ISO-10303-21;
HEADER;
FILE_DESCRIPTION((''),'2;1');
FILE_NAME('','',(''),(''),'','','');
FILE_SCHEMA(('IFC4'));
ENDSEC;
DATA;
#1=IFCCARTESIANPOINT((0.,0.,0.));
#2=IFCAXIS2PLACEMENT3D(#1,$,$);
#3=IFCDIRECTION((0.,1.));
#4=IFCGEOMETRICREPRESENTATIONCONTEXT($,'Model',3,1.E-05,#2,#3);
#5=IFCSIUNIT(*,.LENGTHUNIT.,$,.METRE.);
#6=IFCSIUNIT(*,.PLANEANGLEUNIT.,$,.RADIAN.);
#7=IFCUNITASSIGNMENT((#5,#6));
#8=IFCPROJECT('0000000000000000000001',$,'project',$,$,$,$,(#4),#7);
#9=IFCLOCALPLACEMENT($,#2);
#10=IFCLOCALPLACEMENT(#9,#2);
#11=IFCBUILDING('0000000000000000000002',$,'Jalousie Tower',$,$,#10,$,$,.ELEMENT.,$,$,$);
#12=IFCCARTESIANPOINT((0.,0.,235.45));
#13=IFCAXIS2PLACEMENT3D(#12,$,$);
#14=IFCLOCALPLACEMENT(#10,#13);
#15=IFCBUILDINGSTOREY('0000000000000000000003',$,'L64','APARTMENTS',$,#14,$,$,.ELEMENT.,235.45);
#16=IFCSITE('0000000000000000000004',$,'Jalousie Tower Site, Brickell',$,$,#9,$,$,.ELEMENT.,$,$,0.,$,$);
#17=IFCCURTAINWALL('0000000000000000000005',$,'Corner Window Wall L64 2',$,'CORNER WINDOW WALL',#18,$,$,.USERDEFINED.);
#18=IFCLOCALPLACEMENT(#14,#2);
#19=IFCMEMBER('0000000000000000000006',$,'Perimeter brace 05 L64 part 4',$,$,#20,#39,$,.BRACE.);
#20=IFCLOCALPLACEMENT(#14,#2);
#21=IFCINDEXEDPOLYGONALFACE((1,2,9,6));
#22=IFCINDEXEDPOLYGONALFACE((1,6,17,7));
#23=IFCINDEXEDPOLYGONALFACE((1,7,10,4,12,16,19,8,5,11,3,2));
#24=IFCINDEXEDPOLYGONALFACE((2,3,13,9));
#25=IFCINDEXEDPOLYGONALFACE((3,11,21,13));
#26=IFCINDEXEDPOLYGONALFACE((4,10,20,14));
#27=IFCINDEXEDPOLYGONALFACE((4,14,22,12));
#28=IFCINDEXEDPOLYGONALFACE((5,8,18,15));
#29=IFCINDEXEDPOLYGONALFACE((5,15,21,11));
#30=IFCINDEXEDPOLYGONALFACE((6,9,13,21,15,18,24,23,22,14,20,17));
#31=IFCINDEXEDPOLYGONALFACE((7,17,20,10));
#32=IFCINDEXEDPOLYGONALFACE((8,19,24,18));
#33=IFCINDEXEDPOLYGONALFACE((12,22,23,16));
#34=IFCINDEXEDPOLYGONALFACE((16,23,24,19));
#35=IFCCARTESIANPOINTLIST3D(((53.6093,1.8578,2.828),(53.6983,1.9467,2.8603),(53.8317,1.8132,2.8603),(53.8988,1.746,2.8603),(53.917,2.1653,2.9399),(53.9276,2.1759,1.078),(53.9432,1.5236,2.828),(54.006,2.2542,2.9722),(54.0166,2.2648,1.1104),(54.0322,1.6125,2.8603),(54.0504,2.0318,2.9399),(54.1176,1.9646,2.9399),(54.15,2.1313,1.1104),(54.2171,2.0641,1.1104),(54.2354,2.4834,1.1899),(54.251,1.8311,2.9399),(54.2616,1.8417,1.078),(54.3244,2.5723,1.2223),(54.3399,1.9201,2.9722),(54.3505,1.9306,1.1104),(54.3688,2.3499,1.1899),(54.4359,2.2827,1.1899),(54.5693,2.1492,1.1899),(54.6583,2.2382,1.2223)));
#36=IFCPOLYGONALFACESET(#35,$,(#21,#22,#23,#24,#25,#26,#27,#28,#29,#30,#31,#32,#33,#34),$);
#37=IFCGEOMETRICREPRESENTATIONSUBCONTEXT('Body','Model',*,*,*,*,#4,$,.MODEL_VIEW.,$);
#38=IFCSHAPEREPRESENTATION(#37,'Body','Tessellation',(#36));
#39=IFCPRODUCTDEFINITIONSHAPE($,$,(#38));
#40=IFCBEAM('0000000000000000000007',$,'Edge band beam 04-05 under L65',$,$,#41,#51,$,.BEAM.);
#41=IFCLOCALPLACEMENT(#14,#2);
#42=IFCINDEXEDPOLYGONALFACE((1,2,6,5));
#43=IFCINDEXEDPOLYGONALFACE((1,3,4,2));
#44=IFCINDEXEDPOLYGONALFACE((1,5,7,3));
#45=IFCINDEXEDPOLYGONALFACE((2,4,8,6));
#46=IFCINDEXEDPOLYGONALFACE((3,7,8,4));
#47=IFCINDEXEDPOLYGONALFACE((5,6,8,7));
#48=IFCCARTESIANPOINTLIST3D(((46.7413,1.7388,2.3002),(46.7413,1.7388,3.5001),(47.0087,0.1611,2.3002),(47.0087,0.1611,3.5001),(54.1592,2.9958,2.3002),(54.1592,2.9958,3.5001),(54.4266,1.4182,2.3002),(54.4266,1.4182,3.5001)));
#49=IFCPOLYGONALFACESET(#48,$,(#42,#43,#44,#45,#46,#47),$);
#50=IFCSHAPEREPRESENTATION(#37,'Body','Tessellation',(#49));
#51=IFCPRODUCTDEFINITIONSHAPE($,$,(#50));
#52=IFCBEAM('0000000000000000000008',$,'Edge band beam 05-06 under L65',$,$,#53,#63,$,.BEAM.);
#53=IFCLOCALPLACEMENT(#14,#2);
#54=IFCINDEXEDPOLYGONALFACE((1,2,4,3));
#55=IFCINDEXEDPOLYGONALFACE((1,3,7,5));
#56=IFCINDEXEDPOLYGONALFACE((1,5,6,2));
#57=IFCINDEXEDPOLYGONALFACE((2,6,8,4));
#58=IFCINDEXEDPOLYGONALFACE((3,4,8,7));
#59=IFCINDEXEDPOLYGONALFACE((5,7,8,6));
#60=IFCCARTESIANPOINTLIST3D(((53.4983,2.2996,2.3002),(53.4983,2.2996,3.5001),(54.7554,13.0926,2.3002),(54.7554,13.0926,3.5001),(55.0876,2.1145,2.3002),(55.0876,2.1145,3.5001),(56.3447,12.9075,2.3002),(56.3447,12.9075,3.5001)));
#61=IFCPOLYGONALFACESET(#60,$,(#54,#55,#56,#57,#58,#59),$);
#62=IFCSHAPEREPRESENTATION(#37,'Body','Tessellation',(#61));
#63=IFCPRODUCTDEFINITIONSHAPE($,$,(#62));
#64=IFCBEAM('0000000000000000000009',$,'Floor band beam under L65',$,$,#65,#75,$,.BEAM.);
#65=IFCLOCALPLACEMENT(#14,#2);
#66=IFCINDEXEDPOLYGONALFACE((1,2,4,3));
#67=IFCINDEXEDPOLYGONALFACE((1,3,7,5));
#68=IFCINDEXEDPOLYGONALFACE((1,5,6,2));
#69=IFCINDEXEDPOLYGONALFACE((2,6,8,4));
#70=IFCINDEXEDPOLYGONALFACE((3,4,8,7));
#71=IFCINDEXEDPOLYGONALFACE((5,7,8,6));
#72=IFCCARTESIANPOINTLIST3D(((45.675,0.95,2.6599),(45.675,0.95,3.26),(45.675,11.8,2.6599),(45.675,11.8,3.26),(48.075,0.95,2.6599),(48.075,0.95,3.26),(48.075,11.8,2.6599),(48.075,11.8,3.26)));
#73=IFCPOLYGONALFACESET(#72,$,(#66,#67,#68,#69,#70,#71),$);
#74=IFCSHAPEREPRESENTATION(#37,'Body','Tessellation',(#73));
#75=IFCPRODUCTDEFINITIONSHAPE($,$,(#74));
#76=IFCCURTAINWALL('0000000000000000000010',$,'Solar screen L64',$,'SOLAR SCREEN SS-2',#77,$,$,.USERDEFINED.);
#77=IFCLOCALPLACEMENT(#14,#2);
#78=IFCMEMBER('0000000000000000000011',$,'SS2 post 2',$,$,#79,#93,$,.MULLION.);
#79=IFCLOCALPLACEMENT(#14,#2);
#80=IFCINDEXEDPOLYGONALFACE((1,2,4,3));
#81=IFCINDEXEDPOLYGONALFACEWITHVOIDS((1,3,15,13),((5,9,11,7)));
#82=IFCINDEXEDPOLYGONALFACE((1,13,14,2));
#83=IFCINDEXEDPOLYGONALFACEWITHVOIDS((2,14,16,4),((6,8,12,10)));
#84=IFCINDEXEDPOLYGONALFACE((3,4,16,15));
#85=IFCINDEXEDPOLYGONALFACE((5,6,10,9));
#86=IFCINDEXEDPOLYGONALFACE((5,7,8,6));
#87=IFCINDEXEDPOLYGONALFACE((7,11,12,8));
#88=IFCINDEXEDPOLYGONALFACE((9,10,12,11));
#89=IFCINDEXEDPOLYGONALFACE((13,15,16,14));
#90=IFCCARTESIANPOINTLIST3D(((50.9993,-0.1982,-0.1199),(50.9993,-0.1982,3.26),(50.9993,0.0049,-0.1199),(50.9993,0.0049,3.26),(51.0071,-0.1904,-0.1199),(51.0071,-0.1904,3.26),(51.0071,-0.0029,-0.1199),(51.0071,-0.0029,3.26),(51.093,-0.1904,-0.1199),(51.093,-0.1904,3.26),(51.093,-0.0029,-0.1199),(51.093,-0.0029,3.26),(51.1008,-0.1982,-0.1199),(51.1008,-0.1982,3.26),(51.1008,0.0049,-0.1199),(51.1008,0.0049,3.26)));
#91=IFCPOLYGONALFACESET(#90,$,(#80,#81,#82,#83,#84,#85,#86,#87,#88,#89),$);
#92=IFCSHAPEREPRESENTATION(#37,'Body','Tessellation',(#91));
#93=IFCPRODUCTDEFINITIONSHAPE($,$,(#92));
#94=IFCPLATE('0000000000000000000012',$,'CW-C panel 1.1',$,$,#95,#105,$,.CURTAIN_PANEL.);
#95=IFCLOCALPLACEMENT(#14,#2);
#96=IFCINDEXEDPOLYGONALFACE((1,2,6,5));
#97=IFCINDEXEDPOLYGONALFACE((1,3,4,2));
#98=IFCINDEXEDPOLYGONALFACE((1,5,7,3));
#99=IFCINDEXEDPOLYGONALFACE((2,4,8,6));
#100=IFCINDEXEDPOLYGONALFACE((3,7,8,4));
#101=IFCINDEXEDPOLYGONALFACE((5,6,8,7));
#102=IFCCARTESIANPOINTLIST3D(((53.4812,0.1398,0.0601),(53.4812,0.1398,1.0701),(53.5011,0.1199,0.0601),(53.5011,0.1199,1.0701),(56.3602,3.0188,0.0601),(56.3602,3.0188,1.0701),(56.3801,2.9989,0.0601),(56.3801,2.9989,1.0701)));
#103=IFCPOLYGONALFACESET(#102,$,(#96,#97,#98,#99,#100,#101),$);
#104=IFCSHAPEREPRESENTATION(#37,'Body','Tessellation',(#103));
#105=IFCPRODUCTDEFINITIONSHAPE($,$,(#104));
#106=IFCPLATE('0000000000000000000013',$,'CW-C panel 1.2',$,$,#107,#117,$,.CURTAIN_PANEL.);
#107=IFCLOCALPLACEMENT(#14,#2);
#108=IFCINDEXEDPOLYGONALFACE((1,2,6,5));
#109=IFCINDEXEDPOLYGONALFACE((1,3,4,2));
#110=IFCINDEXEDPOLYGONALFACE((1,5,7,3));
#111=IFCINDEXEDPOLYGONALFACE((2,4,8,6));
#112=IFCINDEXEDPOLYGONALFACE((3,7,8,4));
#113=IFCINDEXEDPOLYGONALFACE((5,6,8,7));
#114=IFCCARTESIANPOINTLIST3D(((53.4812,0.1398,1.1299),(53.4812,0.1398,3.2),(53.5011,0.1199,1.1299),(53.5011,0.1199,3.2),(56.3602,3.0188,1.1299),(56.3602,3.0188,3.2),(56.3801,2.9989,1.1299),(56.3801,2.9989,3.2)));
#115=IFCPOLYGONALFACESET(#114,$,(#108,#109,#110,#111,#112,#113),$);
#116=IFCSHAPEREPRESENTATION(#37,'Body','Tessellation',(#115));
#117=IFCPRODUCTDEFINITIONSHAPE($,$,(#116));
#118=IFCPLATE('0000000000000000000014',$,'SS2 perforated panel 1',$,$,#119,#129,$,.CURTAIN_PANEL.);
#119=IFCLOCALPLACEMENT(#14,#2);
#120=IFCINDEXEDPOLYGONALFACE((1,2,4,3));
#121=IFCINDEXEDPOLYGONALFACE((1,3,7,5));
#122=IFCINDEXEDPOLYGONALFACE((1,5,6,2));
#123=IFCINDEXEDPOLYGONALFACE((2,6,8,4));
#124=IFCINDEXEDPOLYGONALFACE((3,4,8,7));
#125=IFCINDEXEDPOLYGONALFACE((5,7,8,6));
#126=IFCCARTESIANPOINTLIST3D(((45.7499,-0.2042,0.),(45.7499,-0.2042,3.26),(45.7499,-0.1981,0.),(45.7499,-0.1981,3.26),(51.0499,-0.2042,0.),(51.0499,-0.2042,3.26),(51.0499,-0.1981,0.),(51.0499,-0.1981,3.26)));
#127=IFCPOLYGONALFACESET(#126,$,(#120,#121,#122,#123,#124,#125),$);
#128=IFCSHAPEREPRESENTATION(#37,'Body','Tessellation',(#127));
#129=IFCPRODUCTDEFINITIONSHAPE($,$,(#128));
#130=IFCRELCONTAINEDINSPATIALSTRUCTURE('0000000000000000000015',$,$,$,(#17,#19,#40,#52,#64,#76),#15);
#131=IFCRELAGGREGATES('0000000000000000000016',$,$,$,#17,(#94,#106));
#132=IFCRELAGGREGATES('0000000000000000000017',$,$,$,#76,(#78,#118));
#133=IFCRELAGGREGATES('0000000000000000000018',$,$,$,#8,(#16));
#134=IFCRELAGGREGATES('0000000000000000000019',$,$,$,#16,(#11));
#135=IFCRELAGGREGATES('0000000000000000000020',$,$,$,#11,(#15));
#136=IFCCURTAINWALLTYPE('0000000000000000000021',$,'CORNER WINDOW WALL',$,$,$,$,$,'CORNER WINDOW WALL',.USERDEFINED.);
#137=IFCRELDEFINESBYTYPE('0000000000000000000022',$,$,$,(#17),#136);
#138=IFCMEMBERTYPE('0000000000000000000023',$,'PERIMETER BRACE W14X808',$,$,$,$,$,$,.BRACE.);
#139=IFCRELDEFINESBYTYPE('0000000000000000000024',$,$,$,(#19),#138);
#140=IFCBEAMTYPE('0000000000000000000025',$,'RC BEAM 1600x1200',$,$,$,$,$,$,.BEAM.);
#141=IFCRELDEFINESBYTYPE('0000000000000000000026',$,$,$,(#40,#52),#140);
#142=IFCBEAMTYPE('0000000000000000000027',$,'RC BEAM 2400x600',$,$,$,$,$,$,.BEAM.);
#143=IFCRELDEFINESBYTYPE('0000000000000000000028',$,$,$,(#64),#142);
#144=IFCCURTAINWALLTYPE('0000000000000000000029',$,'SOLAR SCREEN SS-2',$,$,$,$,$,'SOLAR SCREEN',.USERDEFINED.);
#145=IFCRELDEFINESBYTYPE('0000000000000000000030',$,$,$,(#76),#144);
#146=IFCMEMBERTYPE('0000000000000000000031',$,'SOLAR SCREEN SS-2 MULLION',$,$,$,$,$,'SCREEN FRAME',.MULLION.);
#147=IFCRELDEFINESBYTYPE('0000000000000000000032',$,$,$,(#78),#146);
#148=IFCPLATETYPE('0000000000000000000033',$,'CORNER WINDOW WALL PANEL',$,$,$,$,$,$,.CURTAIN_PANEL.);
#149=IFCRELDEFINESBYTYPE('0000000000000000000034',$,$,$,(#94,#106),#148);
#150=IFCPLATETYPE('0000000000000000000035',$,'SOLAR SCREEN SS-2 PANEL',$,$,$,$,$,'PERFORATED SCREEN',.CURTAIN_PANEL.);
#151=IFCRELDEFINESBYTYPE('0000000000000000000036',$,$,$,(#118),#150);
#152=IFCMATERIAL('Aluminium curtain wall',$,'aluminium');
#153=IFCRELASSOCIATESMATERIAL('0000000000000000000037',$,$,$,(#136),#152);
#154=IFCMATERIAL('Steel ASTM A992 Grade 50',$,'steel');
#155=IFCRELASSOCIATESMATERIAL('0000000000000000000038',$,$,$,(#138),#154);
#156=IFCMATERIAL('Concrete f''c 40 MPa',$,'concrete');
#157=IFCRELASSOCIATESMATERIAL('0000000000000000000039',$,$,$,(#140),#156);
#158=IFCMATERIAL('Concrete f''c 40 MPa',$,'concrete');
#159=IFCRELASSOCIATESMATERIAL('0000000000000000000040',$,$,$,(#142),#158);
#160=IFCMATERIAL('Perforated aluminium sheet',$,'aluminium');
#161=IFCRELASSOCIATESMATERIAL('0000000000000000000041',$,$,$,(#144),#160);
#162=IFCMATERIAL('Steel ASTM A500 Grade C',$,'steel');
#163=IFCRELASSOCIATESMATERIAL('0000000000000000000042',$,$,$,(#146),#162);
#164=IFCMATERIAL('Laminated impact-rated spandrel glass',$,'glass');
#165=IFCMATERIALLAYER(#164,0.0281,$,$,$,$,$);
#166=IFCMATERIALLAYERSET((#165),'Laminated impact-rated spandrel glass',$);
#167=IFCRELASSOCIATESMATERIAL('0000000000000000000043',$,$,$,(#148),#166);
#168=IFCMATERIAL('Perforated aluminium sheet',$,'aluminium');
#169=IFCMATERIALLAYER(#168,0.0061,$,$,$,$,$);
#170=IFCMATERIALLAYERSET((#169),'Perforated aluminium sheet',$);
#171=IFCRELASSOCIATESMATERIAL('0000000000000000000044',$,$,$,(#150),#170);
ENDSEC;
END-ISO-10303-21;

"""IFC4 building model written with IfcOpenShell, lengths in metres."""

from ifc_helpers import new_model, si_unit, direction, frame, origin, origin_2d, place, context, subcontext, project, spatial, rectangle, hollow_rectangle, i_section, extrude, material, layer, layer_set, material_profile, profile_set, type_object, element, aggregate, save


model = new_model("IFC4")

# Units and contexts
model_context = context("Model", 3, precision=1e-05, world=origin(), true_north=direction((0.0, 1.0)))
body_context = subcontext(model_context, "Body", "Model", "MODEL_VIEW")
ifc_project = project(units=[si_unit("LENGTHUNIT", "METRE"), si_unit("PLANEANGLEUNIT", "RADIAN")], contexts=[model_context])

# Site, building, storey
site_placement = place(None, origin())
site = spatial("IfcSite", under=ifc_project, at=site_placement, Name="Jalousie Tower Site, Brickell", CompositionType="ELEMENT", RefElevation=0.0)
building_placement = place(site_placement, origin())
building = spatial("IfcBuilding", under=site, at=building_placement, Name="Jalousie Tower", CompositionType="ELEMENT")
storey_placement = place(building_placement, frame((0.0, 0.0, 235.45)))
storey = spatial("IfcBuildingStorey", under=building, at=storey_placement, Name="L64", Description="APARTMENTS", CompositionType="ELEMENT", Elevation=235.45)

# Curtain wall
ifc_material_1 = material(Name="Aluminium curtain wall", Category="aluminium")
curtain_wall_type_1 = type_object("IfcCurtainWallType", Name="CORNER WINDOW WALL", ElementType="CORNER WINDOW WALL", PredefinedType="USERDEFINED", material=ifc_material_1)
curtain_wall_1_placement = place(storey_placement, origin())
curtain_wall_1 = element("IfcCurtainWall", 1, at=curtain_wall_1_placement, inside=storey, type_object=curtain_wall_type_1, Name="Corner Window Wall L64 2", ObjectType="CORNER WINDOW WALL", PredefinedType="USERDEFINED")

# Member
ifc_material_2 = material(Name="Steel ASTM A992 Grade 50", Category="steel")
ifc_material_profile_1 = material_profile(ifc_material_2, i_section(OverallWidth=0.4724, OverallDepth=0.5791, WebThickness=0.095, FlangeThickness=0.1299, at=origin_2d()), Name="W14X808")
ifc_profile_set_1 = profile_set([ifc_material_profile_1], Name="Steel ASTM A992 Grade 50")
member_type_1 = type_object("IfcMemberType", Name="PERIMETER BRACE W14X808", PredefinedType="BRACE", material=ifc_profile_set_1)
for number, where, z_axis, x_axis, name in (
    (2, (54.293, 2.207, 1.1501), (-0.176187, -0.176051, 0.968486), (0.706835, -0.707378, 0.0), "Perimeter brace 05 L64 part 4"),
):
    element("IfcMember", number, at=place(storey_placement, frame(where, z_axis=z_axis, x_axis=x_axis)), inside=storey, type_object=member_type_1, Name=name, PredefinedType="BRACE", context=body_context, shape_type="SweptSolid", body=[
        extrude(i_section(OverallWidth=0.4724, OverallDepth=0.5791, WebThickness=0.095, FlangeThickness=0.1299, at=origin_2d()), origin(), (0.0, 0.0, 1.0), 1.8069),
    ])

# Beams
ifc_material_3 = material(Name="Concrete f'c 40 MPa", Category="concrete")
ifc_material_profile_2 = material_profile(ifc_material_3, rectangle(XDim=1.6001, YDim=1.2, at=origin_2d()), Name="RC 1600x1200")
ifc_profile_set_2 = profile_set([ifc_material_profile_2], Name="Concrete f'c 40 MPa")
beam_type_1 = type_object("IfcBeamType", Name="RC BEAM 1600x1200", PredefinedType="BEAM", material=ifc_profile_set_2)
beam_1_placement = place(storey_placement, frame((46.875, 0.95, 2.9001), z_axis=(0.985943, 0.167082, 0.0), x_axis=(-0.167082, 0.985943, 0.0)))
element("IfcBeam", 3, at=beam_1_placement, inside=storey, type_object=beam_type_1, Name="Edge band beam 04-05 under L65", PredefinedType="BEAM", context=body_context, shape_type="SweptSolid", body=[
    extrude(rectangle(XDim=1.6001, YDim=1.2, at=origin_2d()), origin(), (0.0, 0.0, 1.0), 7.5237),
])
beam_2_placement = place(storey_placement, frame((54.293, 2.207, 2.9001), z_axis=(0.11569, 0.993285, 0.0), x_axis=(-0.993285, 0.11569, 0.0)))
element("IfcBeam", 4, at=beam_2_placement, inside=storey, type_object=beam_type_1, Name="Edge band beam 05-06 under L65", PredefinedType="BEAM", context=body_context, shape_type="SweptSolid", body=[
    extrude(rectangle(XDim=1.6001, YDim=1.2, at=origin_2d()), origin(), (0.0, 0.0, 1.0), 10.866),
])
ifc_material_4 = material(Name="Concrete f'c 40 MPa", Category="concrete")
ifc_material_profile_3 = material_profile(ifc_material_4, rectangle(XDim=2.3999, YDim=0.6001, at=origin_2d()), Name="RC 2400x600")
ifc_profile_set_3 = profile_set([ifc_material_profile_3], Name="Concrete f'c 40 MPa")
beam_type_2 = type_object("IfcBeamType", Name="RC BEAM 2400x600", PredefinedType="BEAM", material=ifc_profile_set_3)
beam_3_placement = place(storey_placement, frame((46.875, 0.95, 2.96), z_axis=(0.0, 1.0, 0.0), x_axis=(-1.0, 0.0, 0.0)))
element("IfcBeam", 5, at=beam_3_placement, inside=storey, type_object=beam_type_2, Name="Floor band beam under L65", PredefinedType="BEAM", context=body_context, shape_type="SweptSolid", body=[
    extrude(rectangle(XDim=2.3999, YDim=0.6001, at=origin_2d()), origin(), (0.0, 0.0, 1.0), 10.8501),
])

# Curtain wall, member
ifc_material_5 = material(Name="Perforated aluminium sheet", Category="aluminium")
curtain_wall_type_2 = type_object("IfcCurtainWallType", Name="SOLAR SCREEN SS-2", ElementType="SOLAR SCREEN", PredefinedType="USERDEFINED", material=ifc_material_5)
curtain_wall_2_placement = place(storey_placement, origin())
curtain_wall_2 = element("IfcCurtainWall", 6, at=curtain_wall_2_placement, inside=storey, type_object=curtain_wall_type_2, Name="Solar screen L64", ObjectType="SOLAR SCREEN SS-2", PredefinedType="USERDEFINED")
ifc_material_6 = material(Name="Steel ASTM A500 Grade C", Category="steel")
ifc_material_profile_4 = material_profile(ifc_material_6, hollow_rectangle(XDim=0.1016, YDim=0.2031, WallThickness=0.0078, at=origin_2d()), Name="HSS8X4X5/16")
ifc_profile_set_4 = profile_set([ifc_material_profile_4], Name="Steel ASTM A500 Grade C")
member_type_2 = type_object("IfcMemberType", Name="SOLAR SCREEN SS-2 MULLION", ElementType="SCREEN FRAME", PredefinedType="MULLION", material=ifc_profile_set_4)
member_1_placement = place(storey_placement, frame((51.05, -0.0967, -0.1199), z_axis=(0.0, 0.0, 1.0), x_axis=(1.0, 0.0, 0.0)))
member_1 = element("IfcMember", 7, at=member_1_placement, type_object=member_type_2, Name="SS2 post 2", PredefinedType="MULLION", context=body_context, shape_type="SweptSolid", body=[
    extrude(hollow_rectangle(XDim=0.1016, YDim=0.2031, WallThickness=0.0078, at=origin_2d()), origin(), (0.0, 0.0, 1.0), 3.3799),
])

# Plates
ifc_material_7 = material(Name="Laminated impact-rated spandrel glass", Category="glass")
ifc_layer_1 = layer(ifc_material_7, 0.0281)
ifc_layer_set_1 = layer_set([ifc_layer_1], Name="Laminated impact-rated spandrel glass")
plate_type_1 = type_object("IfcPlateType", Name="CORNER WINDOW WALL PANEL", PredefinedType="CURTAIN_PANEL", material=ifc_layer_set_1)
plate_1_placement = place(storey_placement, frame((54.9307, 1.5693, 0.0601), z_axis=(0.0, 0.0, 1.0), x_axis=(0.707107, 0.707107, 0.0)))
plate_1 = element("IfcPlate", 8, at=plate_1_placement, type_object=plate_type_1, Name="CW-C panel 1.1", PredefinedType="CURTAIN_PANEL", context=body_context, shape_type="SweptSolid", body=[
    extrude(rectangle(XDim=4.0715, YDim=0.0281, at=origin_2d()), origin(), (0.0, 0.0, 1.0), 1.01),
])
plate_2_placement = place(storey_placement, frame((54.9307, 1.5693, 1.1299), z_axis=(0.0, 0.0, 1.0), x_axis=(0.707107, 0.707107, 0.0)))
plate_2 = element("IfcPlate", 9, at=plate_2_placement, type_object=plate_type_1, Name="CW-C panel 1.2", PredefinedType="CURTAIN_PANEL", context=body_context, shape_type="SweptSolid", body=[
    extrude(rectangle(XDim=4.0715, YDim=0.0281, at=origin_2d()), origin(), (0.0, 0.0, 1.0), 2.0701),
])
aggregate(curtain_wall_1, [plate_1, plate_2])
ifc_material_8 = material(Name="Perforated aluminium sheet", Category="aluminium")
ifc_layer_2 = layer(ifc_material_8, 0.0061)
ifc_layer_set_2 = layer_set([ifc_layer_2], Name="Perforated aluminium sheet")
plate_type_2 = type_object("IfcPlateType", Name="SOLAR SCREEN SS-2 PANEL", ElementType="PERFORATED SCREEN", PredefinedType="CURTAIN_PANEL", material=ifc_layer_set_2)
plate_3_placement = place(storey_placement, frame((48.3999, -0.2012, 0.0), z_axis=(0.0, 0.0, 1.0), x_axis=(1.0, 0.0, 0.0)))
plate_3 = element("IfcPlate", 10, at=plate_3_placement, type_object=plate_type_2, Name="SS2 perforated panel 1", PredefinedType="CURTAIN_PANEL", context=body_context, shape_type="SweptSolid", body=[
    extrude(rectangle(XDim=5.3, YDim=0.0061, at=origin_2d()), origin(), (0.0, 0.0, 1.0), 3.26),
])
aggregate(curtain_wall_2, [member_1, plate_3])

save(model, "model.ifc")
